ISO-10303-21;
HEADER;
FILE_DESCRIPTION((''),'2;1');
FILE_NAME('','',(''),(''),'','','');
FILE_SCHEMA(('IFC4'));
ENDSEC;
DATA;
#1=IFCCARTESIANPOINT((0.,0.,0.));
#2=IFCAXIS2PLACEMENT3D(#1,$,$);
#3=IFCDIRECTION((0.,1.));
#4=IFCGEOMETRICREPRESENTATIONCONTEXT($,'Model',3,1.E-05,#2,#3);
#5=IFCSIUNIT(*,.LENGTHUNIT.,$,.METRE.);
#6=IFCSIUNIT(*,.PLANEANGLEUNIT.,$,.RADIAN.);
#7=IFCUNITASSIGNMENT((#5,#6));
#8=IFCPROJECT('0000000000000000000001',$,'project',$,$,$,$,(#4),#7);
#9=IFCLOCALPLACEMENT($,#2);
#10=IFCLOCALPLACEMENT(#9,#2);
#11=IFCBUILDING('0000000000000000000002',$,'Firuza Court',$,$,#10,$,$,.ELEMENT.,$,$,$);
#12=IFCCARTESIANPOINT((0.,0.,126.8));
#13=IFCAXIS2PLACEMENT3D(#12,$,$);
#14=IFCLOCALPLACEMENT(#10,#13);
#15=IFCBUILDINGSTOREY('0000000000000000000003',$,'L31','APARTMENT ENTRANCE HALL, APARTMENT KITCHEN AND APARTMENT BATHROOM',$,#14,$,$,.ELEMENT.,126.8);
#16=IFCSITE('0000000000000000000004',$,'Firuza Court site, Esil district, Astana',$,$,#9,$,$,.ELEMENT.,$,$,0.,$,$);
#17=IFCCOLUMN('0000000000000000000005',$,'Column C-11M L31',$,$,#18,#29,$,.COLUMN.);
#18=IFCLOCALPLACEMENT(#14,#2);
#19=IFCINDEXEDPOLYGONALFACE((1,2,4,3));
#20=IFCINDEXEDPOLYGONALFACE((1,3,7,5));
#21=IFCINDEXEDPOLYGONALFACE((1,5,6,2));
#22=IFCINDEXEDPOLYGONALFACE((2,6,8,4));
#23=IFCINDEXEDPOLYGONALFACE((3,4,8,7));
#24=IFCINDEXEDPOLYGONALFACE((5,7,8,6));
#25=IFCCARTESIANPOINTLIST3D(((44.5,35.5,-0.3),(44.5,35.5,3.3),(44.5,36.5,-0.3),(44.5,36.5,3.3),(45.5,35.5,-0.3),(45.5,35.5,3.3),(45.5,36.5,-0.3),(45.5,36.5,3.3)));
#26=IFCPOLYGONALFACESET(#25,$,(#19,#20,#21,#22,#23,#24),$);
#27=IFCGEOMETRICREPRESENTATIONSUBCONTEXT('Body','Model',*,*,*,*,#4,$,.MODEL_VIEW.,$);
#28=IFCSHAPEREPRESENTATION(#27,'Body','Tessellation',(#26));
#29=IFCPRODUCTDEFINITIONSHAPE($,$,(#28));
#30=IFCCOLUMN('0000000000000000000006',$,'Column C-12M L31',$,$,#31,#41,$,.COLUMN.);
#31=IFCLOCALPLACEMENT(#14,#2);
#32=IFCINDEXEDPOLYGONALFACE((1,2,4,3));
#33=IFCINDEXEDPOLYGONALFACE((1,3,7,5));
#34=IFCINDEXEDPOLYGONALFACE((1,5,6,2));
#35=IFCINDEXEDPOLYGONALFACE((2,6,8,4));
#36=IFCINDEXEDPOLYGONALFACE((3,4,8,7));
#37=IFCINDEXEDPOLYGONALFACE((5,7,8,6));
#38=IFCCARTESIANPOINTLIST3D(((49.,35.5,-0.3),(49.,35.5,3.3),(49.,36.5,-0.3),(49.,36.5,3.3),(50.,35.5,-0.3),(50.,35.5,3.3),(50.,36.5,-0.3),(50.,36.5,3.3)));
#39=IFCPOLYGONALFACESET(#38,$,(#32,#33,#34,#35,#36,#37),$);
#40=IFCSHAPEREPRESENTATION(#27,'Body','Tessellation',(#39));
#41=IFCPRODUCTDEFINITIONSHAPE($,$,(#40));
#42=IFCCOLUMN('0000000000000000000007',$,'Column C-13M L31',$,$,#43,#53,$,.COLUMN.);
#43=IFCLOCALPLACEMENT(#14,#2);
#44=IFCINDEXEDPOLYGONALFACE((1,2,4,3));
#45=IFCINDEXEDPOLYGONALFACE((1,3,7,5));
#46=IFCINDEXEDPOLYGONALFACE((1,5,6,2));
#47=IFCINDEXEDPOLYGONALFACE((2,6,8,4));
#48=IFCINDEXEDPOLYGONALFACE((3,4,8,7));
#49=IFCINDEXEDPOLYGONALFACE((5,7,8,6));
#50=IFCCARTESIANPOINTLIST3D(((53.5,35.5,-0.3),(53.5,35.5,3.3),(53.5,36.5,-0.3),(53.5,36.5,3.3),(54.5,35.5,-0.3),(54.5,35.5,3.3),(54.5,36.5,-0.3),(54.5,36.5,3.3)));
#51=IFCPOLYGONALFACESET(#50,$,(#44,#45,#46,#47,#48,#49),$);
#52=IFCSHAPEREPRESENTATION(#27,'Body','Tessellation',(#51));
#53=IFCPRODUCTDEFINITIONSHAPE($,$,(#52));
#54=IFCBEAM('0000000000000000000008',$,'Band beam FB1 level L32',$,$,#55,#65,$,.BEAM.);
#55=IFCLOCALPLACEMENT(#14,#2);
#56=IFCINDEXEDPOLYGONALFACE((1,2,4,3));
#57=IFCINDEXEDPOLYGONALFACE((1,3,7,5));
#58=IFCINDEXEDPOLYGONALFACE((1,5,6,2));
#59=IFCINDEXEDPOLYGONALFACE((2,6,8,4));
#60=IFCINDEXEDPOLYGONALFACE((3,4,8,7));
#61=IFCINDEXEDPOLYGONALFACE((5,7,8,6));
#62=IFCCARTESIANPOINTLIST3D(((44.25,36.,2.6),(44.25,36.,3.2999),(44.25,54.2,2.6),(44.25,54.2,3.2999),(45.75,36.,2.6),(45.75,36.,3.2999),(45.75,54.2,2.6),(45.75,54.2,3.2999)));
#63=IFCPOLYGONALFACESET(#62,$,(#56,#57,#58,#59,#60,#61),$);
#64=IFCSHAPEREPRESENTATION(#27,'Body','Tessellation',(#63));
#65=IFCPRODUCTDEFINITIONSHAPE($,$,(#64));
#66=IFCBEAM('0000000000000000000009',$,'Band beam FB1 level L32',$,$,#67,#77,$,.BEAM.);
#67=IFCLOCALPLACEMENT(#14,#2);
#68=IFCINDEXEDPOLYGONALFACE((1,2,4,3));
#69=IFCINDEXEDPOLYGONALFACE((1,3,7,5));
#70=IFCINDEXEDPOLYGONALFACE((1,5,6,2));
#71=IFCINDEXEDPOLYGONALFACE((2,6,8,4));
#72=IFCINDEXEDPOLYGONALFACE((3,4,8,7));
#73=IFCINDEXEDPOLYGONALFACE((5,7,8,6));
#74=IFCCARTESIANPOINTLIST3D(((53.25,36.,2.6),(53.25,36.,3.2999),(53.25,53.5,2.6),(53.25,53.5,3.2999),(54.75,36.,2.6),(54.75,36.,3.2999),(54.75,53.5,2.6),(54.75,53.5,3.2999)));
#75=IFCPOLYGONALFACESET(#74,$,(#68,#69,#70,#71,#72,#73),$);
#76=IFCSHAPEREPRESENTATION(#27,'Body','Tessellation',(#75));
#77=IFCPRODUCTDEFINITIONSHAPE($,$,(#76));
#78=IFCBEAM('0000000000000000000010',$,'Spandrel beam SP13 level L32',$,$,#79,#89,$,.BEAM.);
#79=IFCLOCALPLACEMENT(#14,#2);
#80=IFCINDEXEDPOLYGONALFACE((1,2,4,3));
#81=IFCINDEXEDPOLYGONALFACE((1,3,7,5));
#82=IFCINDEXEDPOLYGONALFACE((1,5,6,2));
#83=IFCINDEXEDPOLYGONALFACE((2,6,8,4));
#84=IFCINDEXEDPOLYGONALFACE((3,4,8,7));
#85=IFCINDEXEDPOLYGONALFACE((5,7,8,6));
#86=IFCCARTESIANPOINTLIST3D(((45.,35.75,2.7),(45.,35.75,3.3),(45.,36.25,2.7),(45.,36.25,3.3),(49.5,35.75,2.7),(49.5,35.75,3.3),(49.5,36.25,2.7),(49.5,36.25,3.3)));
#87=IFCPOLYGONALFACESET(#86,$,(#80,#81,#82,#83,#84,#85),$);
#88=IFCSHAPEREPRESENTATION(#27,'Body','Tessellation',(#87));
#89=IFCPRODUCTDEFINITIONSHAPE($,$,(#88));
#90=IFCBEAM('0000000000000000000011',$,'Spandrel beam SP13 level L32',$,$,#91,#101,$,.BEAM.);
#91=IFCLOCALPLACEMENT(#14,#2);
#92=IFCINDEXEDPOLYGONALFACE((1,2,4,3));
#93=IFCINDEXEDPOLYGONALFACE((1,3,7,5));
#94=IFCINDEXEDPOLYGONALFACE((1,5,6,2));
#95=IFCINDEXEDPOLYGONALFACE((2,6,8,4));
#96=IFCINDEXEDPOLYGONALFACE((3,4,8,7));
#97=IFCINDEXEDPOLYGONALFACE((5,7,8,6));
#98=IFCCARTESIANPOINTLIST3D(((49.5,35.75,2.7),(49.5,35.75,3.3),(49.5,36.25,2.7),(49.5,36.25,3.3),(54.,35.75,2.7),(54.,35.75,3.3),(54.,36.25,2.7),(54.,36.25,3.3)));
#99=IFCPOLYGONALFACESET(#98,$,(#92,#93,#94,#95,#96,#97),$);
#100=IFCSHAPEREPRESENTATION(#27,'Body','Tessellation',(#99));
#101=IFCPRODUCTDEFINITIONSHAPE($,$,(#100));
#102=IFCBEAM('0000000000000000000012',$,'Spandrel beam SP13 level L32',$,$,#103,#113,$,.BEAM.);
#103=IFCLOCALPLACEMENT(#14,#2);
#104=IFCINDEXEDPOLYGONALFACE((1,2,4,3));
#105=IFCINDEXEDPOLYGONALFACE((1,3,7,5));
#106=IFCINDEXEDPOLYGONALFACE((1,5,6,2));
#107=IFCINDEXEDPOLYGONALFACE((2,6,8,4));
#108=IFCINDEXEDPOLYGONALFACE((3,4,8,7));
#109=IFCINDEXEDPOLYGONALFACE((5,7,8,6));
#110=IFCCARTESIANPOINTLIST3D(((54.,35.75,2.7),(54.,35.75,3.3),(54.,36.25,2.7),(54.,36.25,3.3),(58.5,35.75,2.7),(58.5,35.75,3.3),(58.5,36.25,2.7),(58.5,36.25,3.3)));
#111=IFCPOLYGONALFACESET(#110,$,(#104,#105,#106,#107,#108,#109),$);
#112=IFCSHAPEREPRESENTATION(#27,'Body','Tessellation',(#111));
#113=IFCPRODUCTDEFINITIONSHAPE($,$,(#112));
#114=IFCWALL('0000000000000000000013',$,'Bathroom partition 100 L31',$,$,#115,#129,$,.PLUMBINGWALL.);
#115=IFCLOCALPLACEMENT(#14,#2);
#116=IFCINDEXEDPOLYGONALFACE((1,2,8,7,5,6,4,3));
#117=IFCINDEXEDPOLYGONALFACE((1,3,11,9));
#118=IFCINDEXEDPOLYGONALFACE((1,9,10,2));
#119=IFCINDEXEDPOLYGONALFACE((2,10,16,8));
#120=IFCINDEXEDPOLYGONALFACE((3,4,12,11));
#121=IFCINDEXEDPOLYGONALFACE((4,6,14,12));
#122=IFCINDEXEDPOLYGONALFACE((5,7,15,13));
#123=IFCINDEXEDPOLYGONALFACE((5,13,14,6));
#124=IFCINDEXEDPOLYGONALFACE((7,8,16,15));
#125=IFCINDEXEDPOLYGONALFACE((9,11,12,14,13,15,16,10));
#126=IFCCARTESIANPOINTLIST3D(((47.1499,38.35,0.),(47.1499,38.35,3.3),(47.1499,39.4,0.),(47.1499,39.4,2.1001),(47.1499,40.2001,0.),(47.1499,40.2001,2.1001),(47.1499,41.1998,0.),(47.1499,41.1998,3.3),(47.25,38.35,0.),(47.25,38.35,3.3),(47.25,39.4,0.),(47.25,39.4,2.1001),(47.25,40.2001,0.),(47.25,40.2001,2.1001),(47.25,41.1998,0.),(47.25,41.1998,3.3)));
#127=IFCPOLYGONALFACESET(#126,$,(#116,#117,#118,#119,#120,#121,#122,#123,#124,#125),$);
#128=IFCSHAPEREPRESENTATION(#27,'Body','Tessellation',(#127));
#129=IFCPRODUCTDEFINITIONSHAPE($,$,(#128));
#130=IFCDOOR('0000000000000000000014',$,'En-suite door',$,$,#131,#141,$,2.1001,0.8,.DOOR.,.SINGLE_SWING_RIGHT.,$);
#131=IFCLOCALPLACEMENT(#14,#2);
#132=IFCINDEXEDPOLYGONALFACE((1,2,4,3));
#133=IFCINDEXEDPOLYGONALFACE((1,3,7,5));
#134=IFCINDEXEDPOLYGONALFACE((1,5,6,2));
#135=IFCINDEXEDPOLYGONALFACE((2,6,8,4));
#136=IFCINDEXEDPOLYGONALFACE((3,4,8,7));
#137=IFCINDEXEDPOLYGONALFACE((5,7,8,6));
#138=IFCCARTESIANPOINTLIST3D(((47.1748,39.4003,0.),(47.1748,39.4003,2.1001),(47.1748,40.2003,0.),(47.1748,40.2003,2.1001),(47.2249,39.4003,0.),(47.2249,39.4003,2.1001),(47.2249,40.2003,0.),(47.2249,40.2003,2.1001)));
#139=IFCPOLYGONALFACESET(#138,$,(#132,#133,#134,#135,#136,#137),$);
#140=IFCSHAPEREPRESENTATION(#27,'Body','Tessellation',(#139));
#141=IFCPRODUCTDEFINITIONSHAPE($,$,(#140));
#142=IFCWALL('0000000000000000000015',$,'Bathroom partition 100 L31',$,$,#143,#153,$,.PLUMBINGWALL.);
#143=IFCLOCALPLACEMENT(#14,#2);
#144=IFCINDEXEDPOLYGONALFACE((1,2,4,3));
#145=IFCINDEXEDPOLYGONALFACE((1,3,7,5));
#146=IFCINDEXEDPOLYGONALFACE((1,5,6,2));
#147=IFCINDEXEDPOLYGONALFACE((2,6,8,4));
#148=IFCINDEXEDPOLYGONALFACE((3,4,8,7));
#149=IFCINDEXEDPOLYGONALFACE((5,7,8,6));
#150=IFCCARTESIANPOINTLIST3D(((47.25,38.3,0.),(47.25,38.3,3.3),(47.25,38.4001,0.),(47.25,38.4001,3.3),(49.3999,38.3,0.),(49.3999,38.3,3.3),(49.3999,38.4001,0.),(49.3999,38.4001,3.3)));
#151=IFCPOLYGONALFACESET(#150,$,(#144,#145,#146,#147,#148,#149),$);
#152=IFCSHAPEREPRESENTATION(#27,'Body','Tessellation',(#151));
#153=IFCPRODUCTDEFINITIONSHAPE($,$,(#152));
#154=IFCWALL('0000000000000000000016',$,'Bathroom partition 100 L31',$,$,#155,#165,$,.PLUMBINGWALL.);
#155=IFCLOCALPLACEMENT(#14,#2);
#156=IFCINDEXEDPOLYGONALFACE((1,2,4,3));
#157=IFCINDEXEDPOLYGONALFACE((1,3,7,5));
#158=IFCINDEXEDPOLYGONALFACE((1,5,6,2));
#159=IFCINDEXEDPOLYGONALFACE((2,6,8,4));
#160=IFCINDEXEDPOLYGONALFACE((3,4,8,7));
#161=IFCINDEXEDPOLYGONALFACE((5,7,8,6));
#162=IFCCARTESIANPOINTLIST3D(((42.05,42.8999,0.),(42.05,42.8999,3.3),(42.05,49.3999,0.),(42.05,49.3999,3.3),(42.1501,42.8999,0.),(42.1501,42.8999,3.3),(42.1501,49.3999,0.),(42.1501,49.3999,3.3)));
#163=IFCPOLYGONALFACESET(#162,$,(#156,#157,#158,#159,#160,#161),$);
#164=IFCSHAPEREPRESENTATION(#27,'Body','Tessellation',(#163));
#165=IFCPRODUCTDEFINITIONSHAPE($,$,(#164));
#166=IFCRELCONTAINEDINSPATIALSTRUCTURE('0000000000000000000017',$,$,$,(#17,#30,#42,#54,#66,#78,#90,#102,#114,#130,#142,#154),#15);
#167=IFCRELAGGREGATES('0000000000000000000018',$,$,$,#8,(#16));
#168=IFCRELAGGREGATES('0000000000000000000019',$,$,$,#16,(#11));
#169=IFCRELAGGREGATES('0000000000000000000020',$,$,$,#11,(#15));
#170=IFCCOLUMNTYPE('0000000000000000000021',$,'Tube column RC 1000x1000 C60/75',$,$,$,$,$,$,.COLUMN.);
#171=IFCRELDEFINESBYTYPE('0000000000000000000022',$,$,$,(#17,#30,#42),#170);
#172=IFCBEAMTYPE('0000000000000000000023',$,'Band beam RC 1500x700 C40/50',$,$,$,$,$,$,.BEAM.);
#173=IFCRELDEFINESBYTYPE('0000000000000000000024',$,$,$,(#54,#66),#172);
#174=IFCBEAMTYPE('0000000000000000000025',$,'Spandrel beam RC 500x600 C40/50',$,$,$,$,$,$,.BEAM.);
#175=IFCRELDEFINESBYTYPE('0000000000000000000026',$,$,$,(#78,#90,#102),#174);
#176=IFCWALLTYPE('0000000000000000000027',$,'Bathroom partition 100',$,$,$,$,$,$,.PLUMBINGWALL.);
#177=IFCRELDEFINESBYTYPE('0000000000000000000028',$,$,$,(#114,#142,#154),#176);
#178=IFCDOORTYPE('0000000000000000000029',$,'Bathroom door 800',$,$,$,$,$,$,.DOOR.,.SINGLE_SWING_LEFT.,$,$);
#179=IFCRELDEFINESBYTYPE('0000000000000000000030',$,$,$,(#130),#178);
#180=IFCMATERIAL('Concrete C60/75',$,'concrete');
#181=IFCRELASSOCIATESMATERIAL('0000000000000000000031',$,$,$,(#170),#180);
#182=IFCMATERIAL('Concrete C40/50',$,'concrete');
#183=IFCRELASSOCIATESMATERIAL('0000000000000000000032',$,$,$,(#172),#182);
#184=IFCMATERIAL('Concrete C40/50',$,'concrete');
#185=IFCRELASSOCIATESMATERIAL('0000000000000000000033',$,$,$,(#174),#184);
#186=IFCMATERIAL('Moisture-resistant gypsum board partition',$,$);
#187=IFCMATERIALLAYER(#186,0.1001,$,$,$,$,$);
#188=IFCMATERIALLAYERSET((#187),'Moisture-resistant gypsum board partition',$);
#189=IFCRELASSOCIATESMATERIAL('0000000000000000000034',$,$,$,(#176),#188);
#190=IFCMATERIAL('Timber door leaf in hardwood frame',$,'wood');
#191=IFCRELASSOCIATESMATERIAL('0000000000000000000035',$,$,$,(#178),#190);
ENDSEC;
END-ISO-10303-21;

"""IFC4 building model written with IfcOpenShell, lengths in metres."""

from ifc_helpers import new_model, si_unit, direction, frame, frame_2d, origin, origin_2d, place, context, subcontext, project, spatial, rectangle, extrude, material, layer, layer_set, material_profile, profile_set, type_object, element, fill, save


model = new_model("IFC4")

# Units and contexts
model_context = context("Model", 3, precision=1e-05, world=origin(), true_north=direction((0.0, 1.0)))
body_context = subcontext(model_context, "Body", "Model", "MODEL_VIEW")
ifc_project = project(units=[si_unit("LENGTHUNIT", "METRE"), si_unit("PLANEANGLEUNIT", "RADIAN")], contexts=[model_context])

# Site, building, storey
site_placement = place(None, origin())
site = spatial("IfcSite", under=ifc_project, at=site_placement, Name="Firuza Court site, Esil district, Astana", CompositionType="ELEMENT", RefElevation=0.0)
building_placement = place(site_placement, origin())
building = spatial("IfcBuilding", under=site, at=building_placement, Name="Firuza Court", CompositionType="ELEMENT")
storey_placement = place(building_placement, frame((0.0, 0.0, 126.8)))
storey = spatial("IfcBuildingStorey", under=building, at=storey_placement, Name="L31", Description="APARTMENT ENTRANCE HALL, APARTMENT KITCHEN AND APARTMENT BATHROOM", CompositionType="ELEMENT", Elevation=126.8)

# Columns
ifc_material_1 = material(Name="Concrete C60/75", Category="concrete")
ifc_material_profile_1 = material_profile(ifc_material_1, rectangle(XDim=1.0, YDim=1.0, at=origin_2d()), Name="RC 1000x1000")
ifc_profile_set_1 = profile_set([ifc_material_profile_1], Name="Concrete C60/75")
column_type = type_object("IfcColumnType", Name="Tube column RC 1000x1000 C60/75", PredefinedType="COLUMN", material=ifc_profile_set_1)
for number, where, z_axis, x_axis, name in (
    (1, (45.0, 36.0, -0.3), (0.0, 0.0, 1.0), (1.0, 0.0, 0.0), "Column C-11M L31"),
    (2, (49.5, 36.0, -0.3), (0.0, 0.0, 1.0), (1.0, 0.0, 0.0), "Column C-12M L31"),
    (3, (54.0, 36.0, -0.3), (0.0, 0.0, 1.0), (1.0, 0.0, 0.0), "Column C-13M L31"),
):
    element("IfcColumn", number, at=place(storey_placement, frame(where, z_axis=z_axis, x_axis=x_axis)), inside=storey, type_object=column_type, Name=name, PredefinedType="COLUMN", context=body_context, shape_type="SweptSolid", body=[
        extrude(rectangle(XDim=1.0, YDim=1.0, at=origin_2d()), origin(), (0.0, 0.0, 1.0), 3.6001),
    ])

# Beams
ifc_material_2 = material(Name="Concrete C40/50", Category="concrete")
ifc_material_profile_2 = material_profile(ifc_material_2, rectangle(XDim=1.5, YDim=0.7, at=origin_2d()), Name="RC 1500x700")
ifc_profile_set_2 = profile_set([ifc_material_profile_2], Name="Concrete C40/50")
beam_type_1 = type_object("IfcBeamType", Name="Band beam RC 1500x700 C40/50", PredefinedType="BEAM", material=ifc_profile_set_2)
beam_1_placement = place(storey_placement, frame((45.0, 36.0, 2.95), z_axis=(0.0, 1.0, 0.0), x_axis=(-1.0, 0.0, 0.0)))
element("IfcBeam", 4, at=beam_1_placement, inside=storey, type_object=beam_type_1, Name="Band beam FB1 level L32", PredefinedType="BEAM", context=body_context, shape_type="SweptSolid", body=[
    extrude(rectangle(XDim=1.5, YDim=0.7, at=origin_2d()), origin(), (0.0, 0.0, 1.0), 18.2),
])
beam_2_placement = place(storey_placement, frame((54.0, 36.0, 2.95), z_axis=(0.0, 1.0, 0.0), x_axis=(-1.0, 0.0, 0.0)))
element("IfcBeam", 5, at=beam_2_placement, inside=storey, type_object=beam_type_1, Name="Band beam FB1 level L32", PredefinedType="BEAM", context=body_context, shape_type="SweptSolid", body=[
    extrude(rectangle(XDim=1.5, YDim=0.7, at=origin_2d()), origin(), (0.0, 0.0, 1.0), 17.5),
])
ifc_material_3 = material(Name="Concrete C40/50", Category="concrete")
ifc_material_profile_3 = material_profile(ifc_material_3, rectangle(XDim=0.5, YDim=0.6001, at=origin_2d()), Name="RC 500x600")
ifc_profile_set_3 = profile_set([ifc_material_profile_3], Name="Concrete C40/50")
beam_type_2 = type_object("IfcBeamType", Name="Spandrel beam RC 500x600 C40/50", PredefinedType="BEAM", material=ifc_profile_set_3)
for number, where, z_axis, x_axis, name in (
    (6, (45.0, 36.0, 3.0), (1.0, 0.0, 0.0), (0.0, 1.0, 0.0), "Spandrel beam SP13 level L32"),
    (7, (49.5, 36.0, 3.0), (1.0, 0.0, 0.0), (0.0, 1.0, 0.0), "Spandrel beam SP13 level L32"),
    (8, (54.0, 36.0, 3.0), (1.0, 0.0, 0.0), (0.0, 1.0, 0.0), "Spandrel beam SP13 level L32"),
):
    element("IfcBeam", number, at=place(storey_placement, frame(where, z_axis=z_axis, x_axis=x_axis)), inside=storey, type_object=beam_type_2, Name=name, PredefinedType="BEAM", context=body_context, shape_type="SweptSolid", body=[
        extrude(rectangle(XDim=0.5, YDim=0.6001, at=origin_2d()), origin(), (0.0, 0.0, 1.0), 4.5),
    ])

# Wall, opening, door
ifc_material_4 = material(Name="Moisture-resistant gypsum board partition")
ifc_layer_1 = layer(ifc_material_4, 0.1001)
ifc_layer_set_1 = layer_set([ifc_layer_1], Name="Moisture-resistant gypsum board partition")
wall_type_1 = type_object("IfcWallType", Name="Bathroom partition 100", PredefinedType="PLUMBINGWALL", material=ifc_layer_set_1)
wall_1_placement = place(storey_placement, frame((47.2, 38.3501, 0.0), z_axis=(0.0, 0.0, 1.0), x_axis=(0.0, 1.0, 0.0)))
wall_1 = element("IfcWall", 9, at=wall_1_placement, inside=storey, type_object=wall_type_1, Name="Bathroom partition 100 L31", PredefinedType="PLUMBINGWALL", context=body_context, shape_type="SweptSolid", body=[
    extrude(rectangle(XDim=2.8499, YDim=0.1001, at=frame_2d((1.4248, 0.0))), origin(), (0.0, 0.0, 1.0), 3.3),
])
opening_1_placement = place(wall_1_placement, frame((1.05, 0.0, 0.0)))
opening_1 = element("IfcOpeningElement", 10, at=opening_1_placement, cuts=wall_1, PredefinedType="OPENING", context=body_context, shape_type="SweptSolid", body=[
    extrude(rectangle(XDim=0.8, YDim=2.1001, at=frame_2d((0.3999, 1.05))), frame((0.0, 0.062, 0.0), z_axis=(0.0, -1.0, 0.0), x_axis=(1.0, 0.0, 0.0)), (0.0, 0.0, 1.0), 0.124),
])
ifc_material_5 = material(Name="Timber door leaf in hardwood frame", Category="wood")
door_type_1 = type_object("IfcDoorType", Name="Bathroom door 800", OperationType="SINGLE_SWING_LEFT", PredefinedType="DOOR", material=ifc_material_5)
door_1_placement = place(opening_1_placement, frame((0.8, 0.0, 0.0), z_axis=(0.0, 0.0, 1.0), x_axis=(-1.0, 0.0, 0.0)))
door_1 = element("IfcDoor", 11, at=door_1_placement, inside=storey, type_object=door_type_1, Name="En-suite door", OperationType="SINGLE_SWING_RIGHT", OverallHeight=2.1001, OverallWidth=0.8, PredefinedType="DOOR", context=body_context, shape_type="SweptSolid", body=[
    extrude(rectangle(XDim=0.8, YDim=2.1001, at=frame_2d((0.3999, 1.05))), frame((0.0, 0.0249, 0.0), z_axis=(0.0, -1.0, 0.0), x_axis=(1.0, 0.0, 0.0)), (0.0, 0.0, 1.0), 0.05),
])
fill(opening_1, door_1)

# Walls
wall_2_placement = place(storey_placement, frame((47.25, 38.3501, 0.0), z_axis=(0.0, 0.0, 1.0), x_axis=(1.0, 0.0, 0.0)))
element("IfcWall", 12, at=wall_2_placement, inside=storey, type_object=wall_type_1, Name="Bathroom partition 100 L31", PredefinedType="PLUMBINGWALL", context=body_context, shape_type="SweptSolid", body=[
    extrude(rectangle(XDim=2.1499, YDim=0.1001, at=frame_2d((1.075, 0.0))), origin(), (0.0, 0.0, 1.0), 3.3),
])
wall_3_placement = place(storey_placement, frame((42.1001, 42.8999, 0.0), z_axis=(0.0, 0.0, 1.0), x_axis=(0.0, 1.0, 0.0)))
element("IfcWall", 13, at=wall_3_placement, inside=storey, type_object=wall_type_1, Name="Bathroom partition 100 L31", PredefinedType="PLUMBINGWALL", context=body_context, shape_type="SweptSolid", body=[
    extrude(rectangle(XDim=6.5, YDim=0.1001, at=frame_2d((3.25, 0.0))), origin(), (0.0, 0.0, 1.0), 3.3),
])

save(model, "model.ifc")
